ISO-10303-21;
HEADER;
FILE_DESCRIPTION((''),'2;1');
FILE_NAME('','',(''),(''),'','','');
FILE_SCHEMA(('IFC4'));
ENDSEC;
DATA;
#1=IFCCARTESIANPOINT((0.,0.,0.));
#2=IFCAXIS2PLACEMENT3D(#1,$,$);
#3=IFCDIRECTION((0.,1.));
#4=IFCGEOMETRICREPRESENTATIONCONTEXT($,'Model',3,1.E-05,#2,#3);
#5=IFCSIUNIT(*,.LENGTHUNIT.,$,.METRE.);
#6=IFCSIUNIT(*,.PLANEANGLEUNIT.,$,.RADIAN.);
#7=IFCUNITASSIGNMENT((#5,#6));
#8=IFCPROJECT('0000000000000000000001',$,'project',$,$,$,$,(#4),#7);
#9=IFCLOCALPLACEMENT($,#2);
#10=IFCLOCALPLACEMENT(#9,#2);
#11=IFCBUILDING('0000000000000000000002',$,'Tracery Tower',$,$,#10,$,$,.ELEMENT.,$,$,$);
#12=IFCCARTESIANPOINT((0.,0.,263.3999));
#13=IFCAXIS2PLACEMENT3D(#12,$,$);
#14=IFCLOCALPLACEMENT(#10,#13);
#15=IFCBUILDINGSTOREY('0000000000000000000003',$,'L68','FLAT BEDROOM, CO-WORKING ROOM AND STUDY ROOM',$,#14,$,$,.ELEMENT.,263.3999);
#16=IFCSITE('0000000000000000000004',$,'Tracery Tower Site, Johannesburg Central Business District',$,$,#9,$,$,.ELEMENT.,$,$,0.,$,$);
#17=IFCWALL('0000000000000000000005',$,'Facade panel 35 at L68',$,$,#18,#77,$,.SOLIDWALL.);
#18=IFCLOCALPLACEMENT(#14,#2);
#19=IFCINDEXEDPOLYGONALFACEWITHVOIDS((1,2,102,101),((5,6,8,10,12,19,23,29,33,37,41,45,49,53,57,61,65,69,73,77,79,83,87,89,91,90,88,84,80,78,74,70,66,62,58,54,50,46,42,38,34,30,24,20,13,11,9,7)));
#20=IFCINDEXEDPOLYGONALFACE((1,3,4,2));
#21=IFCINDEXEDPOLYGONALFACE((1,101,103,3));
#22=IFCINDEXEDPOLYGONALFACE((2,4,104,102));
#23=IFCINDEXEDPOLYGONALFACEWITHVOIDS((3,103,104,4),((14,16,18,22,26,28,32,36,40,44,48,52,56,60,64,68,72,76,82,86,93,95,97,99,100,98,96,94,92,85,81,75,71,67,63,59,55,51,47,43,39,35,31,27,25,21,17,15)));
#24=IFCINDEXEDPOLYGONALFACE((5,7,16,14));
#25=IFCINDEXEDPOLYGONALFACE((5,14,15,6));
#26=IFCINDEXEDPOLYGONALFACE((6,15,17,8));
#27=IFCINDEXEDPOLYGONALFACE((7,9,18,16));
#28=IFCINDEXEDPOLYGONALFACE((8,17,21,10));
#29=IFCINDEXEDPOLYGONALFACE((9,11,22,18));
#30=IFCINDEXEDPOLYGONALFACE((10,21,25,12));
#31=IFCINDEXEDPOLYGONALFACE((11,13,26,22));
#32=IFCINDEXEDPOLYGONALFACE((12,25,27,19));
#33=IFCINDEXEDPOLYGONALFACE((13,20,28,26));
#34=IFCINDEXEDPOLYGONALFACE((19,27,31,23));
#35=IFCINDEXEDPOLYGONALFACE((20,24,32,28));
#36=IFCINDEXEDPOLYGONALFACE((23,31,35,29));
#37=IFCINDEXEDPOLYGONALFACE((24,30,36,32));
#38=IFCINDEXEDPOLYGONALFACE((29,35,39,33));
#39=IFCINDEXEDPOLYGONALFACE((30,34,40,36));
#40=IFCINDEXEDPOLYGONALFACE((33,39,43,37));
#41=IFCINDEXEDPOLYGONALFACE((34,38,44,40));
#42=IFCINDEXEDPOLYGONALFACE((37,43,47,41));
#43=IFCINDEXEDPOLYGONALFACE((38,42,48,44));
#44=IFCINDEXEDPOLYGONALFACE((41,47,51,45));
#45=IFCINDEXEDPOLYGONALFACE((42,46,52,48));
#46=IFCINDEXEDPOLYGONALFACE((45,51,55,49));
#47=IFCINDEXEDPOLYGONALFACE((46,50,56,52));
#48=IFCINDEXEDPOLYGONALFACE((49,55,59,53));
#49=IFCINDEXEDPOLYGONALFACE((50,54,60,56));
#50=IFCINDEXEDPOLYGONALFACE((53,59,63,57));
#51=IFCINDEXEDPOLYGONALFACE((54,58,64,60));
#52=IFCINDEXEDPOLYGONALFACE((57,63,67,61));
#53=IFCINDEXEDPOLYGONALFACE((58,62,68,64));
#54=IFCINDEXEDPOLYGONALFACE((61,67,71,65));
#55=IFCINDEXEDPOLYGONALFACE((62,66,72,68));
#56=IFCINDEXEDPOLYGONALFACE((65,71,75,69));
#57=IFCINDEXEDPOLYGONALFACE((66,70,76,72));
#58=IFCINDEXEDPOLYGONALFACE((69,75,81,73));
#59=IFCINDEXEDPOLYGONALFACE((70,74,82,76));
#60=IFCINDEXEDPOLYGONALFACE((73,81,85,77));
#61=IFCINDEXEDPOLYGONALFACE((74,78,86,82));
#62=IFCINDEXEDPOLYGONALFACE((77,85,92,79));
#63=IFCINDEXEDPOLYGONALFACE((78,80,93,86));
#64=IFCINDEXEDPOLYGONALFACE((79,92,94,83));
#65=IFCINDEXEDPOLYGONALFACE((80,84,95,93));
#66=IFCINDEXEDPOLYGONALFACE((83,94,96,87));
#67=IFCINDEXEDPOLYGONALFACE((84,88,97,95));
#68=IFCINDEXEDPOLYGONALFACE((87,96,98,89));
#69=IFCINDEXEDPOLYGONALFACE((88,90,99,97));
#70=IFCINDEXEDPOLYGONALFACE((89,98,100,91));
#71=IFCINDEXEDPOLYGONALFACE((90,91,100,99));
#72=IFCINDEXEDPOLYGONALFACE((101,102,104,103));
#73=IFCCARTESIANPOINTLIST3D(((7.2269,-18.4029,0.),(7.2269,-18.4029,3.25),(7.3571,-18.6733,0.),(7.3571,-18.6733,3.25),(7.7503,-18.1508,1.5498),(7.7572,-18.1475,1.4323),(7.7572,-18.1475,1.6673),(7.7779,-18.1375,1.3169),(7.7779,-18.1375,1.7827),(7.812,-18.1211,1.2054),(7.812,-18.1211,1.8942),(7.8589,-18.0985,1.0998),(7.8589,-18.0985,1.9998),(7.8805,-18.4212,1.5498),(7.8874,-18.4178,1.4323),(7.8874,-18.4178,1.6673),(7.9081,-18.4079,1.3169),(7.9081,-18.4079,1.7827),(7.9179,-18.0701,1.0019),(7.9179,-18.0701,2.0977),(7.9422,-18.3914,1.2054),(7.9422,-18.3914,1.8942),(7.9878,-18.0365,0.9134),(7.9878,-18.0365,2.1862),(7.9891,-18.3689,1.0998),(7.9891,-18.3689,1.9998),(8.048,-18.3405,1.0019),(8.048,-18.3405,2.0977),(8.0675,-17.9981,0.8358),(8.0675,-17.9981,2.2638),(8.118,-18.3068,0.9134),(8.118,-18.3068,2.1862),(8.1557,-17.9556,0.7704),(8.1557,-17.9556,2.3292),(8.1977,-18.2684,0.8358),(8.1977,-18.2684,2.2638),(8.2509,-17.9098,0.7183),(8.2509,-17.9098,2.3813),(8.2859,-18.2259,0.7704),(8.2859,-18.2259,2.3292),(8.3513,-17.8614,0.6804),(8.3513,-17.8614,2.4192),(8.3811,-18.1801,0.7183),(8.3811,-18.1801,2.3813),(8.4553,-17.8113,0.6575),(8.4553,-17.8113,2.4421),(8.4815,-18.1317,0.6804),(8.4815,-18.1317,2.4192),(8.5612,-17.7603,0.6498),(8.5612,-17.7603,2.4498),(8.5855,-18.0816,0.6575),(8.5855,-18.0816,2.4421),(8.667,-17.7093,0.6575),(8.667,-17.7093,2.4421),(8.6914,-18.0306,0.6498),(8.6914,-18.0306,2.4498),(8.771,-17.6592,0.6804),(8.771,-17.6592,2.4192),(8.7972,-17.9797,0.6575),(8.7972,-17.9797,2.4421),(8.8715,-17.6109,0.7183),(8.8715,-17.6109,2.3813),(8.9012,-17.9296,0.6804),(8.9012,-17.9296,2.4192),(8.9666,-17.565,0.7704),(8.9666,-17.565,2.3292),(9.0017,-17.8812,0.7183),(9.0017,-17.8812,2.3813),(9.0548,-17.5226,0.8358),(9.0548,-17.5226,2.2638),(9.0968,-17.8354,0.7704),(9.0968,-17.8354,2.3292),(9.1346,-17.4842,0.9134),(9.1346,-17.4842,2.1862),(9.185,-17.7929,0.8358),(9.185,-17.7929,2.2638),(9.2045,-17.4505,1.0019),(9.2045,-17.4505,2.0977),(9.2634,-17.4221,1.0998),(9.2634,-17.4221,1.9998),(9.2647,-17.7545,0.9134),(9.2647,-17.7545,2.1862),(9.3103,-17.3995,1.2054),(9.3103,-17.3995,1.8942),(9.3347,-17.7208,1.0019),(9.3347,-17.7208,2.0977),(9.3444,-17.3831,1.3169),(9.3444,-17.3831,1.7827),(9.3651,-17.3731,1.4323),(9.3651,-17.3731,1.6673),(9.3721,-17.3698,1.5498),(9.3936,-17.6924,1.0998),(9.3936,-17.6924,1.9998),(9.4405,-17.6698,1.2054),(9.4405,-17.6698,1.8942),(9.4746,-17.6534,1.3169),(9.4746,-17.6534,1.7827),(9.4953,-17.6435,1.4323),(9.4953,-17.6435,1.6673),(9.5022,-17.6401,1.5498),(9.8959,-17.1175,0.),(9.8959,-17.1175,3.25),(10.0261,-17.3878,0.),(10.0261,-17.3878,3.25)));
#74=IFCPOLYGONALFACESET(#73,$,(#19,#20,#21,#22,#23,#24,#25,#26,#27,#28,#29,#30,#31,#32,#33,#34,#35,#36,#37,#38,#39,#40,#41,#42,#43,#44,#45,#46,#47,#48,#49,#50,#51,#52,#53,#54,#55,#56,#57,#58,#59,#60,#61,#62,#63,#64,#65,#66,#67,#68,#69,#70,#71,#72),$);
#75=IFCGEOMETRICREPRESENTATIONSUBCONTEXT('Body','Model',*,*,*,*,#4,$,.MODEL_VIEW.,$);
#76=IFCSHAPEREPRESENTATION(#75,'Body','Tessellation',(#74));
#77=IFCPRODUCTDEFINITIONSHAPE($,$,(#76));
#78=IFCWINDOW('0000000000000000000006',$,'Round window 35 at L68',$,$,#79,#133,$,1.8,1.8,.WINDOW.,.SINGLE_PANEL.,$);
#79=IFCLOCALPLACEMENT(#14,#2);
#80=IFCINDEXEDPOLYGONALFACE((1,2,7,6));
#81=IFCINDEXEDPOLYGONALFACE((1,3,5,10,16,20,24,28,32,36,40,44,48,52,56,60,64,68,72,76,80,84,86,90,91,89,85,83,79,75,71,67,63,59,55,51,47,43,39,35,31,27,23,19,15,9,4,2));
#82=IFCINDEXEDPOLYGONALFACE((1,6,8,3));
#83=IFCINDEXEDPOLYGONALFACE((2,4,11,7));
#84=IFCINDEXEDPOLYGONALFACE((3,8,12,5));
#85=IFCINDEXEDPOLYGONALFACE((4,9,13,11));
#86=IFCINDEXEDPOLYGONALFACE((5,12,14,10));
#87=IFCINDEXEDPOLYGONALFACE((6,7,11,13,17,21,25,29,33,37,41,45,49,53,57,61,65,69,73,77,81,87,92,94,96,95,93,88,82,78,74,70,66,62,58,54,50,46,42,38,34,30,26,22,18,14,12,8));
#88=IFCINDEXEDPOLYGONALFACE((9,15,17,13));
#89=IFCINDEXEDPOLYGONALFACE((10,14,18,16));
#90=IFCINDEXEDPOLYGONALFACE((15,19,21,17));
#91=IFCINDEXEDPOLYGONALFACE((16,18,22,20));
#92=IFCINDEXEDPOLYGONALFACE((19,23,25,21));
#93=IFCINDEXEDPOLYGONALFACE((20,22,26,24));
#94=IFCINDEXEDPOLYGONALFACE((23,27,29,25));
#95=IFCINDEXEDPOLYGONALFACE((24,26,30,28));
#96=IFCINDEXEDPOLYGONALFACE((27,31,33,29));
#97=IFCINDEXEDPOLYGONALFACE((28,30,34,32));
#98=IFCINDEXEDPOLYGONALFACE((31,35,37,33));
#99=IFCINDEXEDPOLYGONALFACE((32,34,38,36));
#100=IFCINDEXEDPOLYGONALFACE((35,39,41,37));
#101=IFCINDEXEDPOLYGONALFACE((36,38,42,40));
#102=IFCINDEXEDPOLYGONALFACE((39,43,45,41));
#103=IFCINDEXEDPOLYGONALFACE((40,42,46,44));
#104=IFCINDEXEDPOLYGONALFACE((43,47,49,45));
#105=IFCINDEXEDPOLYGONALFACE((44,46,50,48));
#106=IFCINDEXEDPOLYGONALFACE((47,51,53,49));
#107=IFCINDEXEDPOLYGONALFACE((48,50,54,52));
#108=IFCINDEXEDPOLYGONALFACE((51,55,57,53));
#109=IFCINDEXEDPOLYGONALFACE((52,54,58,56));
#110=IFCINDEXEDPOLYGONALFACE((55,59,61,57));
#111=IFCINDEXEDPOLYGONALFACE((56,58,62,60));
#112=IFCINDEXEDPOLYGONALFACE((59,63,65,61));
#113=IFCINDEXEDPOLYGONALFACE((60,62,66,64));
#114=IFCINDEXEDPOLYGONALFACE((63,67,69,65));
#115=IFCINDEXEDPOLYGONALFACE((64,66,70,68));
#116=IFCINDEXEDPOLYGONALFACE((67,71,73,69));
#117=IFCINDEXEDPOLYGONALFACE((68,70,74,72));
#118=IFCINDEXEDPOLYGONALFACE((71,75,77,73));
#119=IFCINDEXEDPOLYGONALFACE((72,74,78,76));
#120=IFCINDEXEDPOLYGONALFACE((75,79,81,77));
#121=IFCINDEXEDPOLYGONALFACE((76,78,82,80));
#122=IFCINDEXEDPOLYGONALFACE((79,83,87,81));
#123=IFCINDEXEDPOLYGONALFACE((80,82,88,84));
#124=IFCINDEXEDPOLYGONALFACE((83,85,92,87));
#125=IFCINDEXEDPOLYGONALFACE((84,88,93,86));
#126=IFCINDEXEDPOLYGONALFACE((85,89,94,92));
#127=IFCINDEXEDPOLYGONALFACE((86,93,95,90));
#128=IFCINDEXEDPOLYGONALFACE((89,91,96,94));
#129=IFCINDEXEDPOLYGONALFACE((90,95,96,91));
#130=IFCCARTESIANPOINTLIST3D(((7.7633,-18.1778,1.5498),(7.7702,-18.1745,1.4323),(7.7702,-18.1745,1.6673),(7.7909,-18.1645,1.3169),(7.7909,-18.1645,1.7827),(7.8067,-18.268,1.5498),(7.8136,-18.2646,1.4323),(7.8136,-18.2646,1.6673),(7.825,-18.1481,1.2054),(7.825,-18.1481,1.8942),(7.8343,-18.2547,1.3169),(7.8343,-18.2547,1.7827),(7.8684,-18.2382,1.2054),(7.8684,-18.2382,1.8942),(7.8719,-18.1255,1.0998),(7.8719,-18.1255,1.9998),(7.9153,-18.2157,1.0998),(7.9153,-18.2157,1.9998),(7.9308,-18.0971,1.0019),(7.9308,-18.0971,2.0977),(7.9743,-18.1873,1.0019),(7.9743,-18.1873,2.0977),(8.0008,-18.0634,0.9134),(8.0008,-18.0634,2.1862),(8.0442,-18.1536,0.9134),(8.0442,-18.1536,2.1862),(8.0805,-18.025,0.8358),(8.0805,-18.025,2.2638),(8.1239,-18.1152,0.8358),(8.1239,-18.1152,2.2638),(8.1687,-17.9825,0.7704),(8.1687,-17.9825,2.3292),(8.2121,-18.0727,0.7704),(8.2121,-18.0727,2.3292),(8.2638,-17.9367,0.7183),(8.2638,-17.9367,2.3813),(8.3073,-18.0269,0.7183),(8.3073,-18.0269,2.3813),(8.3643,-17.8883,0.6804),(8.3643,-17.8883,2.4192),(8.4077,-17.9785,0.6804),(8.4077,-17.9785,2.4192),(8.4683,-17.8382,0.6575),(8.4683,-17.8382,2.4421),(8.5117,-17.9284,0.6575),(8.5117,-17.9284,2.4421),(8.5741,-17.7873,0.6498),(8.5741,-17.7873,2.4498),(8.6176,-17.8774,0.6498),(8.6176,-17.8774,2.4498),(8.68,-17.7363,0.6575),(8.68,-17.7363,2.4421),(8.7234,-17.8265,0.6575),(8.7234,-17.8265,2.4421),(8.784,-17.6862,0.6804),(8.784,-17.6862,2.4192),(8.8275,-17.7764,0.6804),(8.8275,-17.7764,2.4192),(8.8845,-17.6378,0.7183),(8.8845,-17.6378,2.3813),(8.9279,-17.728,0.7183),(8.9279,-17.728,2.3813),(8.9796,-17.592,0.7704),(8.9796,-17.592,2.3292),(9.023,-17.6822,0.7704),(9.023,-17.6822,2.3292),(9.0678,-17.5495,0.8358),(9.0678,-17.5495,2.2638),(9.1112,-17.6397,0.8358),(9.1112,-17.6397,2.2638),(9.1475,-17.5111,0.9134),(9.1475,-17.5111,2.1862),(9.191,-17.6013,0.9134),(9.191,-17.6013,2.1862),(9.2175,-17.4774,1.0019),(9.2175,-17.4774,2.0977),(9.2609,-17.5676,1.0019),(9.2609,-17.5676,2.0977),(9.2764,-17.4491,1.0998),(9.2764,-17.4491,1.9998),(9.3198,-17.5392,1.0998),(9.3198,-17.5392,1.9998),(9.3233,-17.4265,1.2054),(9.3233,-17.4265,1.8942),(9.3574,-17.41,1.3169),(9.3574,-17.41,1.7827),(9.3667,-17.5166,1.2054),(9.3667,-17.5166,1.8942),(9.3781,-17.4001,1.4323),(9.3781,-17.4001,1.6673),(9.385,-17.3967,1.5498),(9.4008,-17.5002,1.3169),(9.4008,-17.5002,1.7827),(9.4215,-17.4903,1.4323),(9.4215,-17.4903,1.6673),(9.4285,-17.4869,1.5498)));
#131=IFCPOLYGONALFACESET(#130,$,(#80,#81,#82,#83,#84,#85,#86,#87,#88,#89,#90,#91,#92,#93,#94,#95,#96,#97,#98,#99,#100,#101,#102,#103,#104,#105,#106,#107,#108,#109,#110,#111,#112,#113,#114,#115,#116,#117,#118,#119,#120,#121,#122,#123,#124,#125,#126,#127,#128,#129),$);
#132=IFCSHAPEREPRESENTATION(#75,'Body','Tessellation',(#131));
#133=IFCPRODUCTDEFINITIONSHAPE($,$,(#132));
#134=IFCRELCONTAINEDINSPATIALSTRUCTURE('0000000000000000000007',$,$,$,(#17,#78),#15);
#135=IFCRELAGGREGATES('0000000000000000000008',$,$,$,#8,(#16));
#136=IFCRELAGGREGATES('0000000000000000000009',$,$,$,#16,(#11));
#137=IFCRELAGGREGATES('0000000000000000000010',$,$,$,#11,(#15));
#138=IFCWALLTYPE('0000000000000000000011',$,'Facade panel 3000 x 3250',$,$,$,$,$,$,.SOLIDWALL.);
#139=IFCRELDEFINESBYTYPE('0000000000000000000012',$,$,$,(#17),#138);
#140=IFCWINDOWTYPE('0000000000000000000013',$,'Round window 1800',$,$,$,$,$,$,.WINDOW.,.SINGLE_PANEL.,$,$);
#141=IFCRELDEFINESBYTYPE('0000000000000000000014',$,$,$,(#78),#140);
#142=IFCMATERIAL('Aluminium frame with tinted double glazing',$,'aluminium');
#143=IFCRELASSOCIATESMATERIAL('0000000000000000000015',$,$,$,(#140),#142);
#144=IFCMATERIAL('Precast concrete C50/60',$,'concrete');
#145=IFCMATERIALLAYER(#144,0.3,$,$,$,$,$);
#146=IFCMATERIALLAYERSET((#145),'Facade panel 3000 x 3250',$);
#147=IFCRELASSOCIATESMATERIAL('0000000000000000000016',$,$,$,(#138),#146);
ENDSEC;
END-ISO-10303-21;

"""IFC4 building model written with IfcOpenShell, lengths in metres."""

from ifc_helpers import new_model, si_unit, direction, frame, frame_2d, origin, origin_2d, place, context, subcontext, project, spatial, rectangle, circle, extrude, material, layer, layer_set, type_object, element, fill, save


model = new_model("IFC4")

# Units and contexts
model_context = context("Model", 3, precision=1e-05, world=origin(), true_north=direction((0.0, 1.0)))
body_context = subcontext(model_context, "Body", "Model", "MODEL_VIEW")
ifc_project = project(units=[si_unit("LENGTHUNIT", "METRE"), si_unit("PLANEANGLEUNIT", "RADIAN")], contexts=[model_context])

# Site, building, storey
site_placement = place(None, origin())
site = spatial("IfcSite", under=ifc_project, at=site_placement, Name="Tracery Tower Site, Johannesburg Central Business District", CompositionType="ELEMENT", RefElevation=0.0)
building_placement = place(site_placement, origin())
building = spatial("IfcBuilding", under=site, at=building_placement, Name="Tracery Tower", CompositionType="ELEMENT")
storey_placement = place(building_placement, frame((0.0, 0.0, 263.3999)))
storey = spatial("IfcBuildingStorey", under=building, at=storey_placement, Name="L68", Description="FLAT BEDROOM, CO-WORKING ROOM AND STUDY ROOM", CompositionType="ELEMENT", Elevation=263.3999)

# Wall, opening, window
ifc_material_1 = material(Name="Aluminium frame with tinted double glazing", Category="aluminium")
window_type = type_object("IfcWindowType", Name="Round window 1800", PartitioningType="SINGLE_PANEL", PredefinedType="WINDOW", material=ifc_material_1)
ifc_material_2 = material(Name="Precast concrete C50/60", Category="concrete")
ifc_layer_1 = layer(ifc_material_2, 0.3)
ifc_layer_set_1 = layer_set([ifc_layer_1], Name="Facade panel 3000 x 3250")
wall_type_1 = type_object("IfcWallType", Name="Facade panel 3000 x 3250", PredefinedType="SOLIDWALL", material=ifc_layer_set_1)
wall_1_placement = place(storey_placement, frame((7.292, -18.5381, 0.0), z_axis=(0.0, 0.0, 1.0), x_axis=(0.900955, 0.433912, 0.0)))
wall_1 = element("IfcWall", 1, at=wall_1_placement, inside=storey, type_object=wall_type_1, Name="Facade panel 35 at L68", PredefinedType="SOLIDWALL", context=body_context, shape_type="SweptSolid", body=[
    extrude(rectangle(XDim=2.9624, YDim=0.3, at=frame_2d((1.4812, 0.0))), origin(), (0.0, 0.0, 1.0), 3.25),
])
opening_1_placement = place(wall_1_placement, frame((1.481, 0.0, 1.5498)))
opening_1 = element("IfcOpeningElement", 2, at=opening_1_placement, cuts=wall_1, PredefinedType="OPENING", context=body_context, shape_type="SweptSolid", body=[
    extrude(circle(Radius=0.9, at=origin_2d()), frame((0.0, 0.1599, 0.0), z_axis=(0.0, -1.0, 0.0), x_axis=(1.0, 0.0, 0.0)), (0.0, 0.0, 1.0), 0.3201),
])
window_1_placement = place(opening_1_placement, origin())
window_1 = element("IfcWindow", 3, at=window_1_placement, inside=storey, type_object=window_type, Name="Round window 35 at L68", OverallHeight=1.8, OverallWidth=1.8, PartitioningType="SINGLE_PANEL", PredefinedType="WINDOW", context=body_context, shape_type="SweptSolid", body=[
    extrude(circle(Radius=0.9, at=origin_2d()), frame((0.0, 0.1201, 0.0), z_axis=(0.0, -1.0, 0.0), x_axis=(1.0, 0.0, 0.0)), (0.0, 0.0, 1.0), 0.1001),
])
fill(opening_1, window_1)

save(model, "model.ifc")
